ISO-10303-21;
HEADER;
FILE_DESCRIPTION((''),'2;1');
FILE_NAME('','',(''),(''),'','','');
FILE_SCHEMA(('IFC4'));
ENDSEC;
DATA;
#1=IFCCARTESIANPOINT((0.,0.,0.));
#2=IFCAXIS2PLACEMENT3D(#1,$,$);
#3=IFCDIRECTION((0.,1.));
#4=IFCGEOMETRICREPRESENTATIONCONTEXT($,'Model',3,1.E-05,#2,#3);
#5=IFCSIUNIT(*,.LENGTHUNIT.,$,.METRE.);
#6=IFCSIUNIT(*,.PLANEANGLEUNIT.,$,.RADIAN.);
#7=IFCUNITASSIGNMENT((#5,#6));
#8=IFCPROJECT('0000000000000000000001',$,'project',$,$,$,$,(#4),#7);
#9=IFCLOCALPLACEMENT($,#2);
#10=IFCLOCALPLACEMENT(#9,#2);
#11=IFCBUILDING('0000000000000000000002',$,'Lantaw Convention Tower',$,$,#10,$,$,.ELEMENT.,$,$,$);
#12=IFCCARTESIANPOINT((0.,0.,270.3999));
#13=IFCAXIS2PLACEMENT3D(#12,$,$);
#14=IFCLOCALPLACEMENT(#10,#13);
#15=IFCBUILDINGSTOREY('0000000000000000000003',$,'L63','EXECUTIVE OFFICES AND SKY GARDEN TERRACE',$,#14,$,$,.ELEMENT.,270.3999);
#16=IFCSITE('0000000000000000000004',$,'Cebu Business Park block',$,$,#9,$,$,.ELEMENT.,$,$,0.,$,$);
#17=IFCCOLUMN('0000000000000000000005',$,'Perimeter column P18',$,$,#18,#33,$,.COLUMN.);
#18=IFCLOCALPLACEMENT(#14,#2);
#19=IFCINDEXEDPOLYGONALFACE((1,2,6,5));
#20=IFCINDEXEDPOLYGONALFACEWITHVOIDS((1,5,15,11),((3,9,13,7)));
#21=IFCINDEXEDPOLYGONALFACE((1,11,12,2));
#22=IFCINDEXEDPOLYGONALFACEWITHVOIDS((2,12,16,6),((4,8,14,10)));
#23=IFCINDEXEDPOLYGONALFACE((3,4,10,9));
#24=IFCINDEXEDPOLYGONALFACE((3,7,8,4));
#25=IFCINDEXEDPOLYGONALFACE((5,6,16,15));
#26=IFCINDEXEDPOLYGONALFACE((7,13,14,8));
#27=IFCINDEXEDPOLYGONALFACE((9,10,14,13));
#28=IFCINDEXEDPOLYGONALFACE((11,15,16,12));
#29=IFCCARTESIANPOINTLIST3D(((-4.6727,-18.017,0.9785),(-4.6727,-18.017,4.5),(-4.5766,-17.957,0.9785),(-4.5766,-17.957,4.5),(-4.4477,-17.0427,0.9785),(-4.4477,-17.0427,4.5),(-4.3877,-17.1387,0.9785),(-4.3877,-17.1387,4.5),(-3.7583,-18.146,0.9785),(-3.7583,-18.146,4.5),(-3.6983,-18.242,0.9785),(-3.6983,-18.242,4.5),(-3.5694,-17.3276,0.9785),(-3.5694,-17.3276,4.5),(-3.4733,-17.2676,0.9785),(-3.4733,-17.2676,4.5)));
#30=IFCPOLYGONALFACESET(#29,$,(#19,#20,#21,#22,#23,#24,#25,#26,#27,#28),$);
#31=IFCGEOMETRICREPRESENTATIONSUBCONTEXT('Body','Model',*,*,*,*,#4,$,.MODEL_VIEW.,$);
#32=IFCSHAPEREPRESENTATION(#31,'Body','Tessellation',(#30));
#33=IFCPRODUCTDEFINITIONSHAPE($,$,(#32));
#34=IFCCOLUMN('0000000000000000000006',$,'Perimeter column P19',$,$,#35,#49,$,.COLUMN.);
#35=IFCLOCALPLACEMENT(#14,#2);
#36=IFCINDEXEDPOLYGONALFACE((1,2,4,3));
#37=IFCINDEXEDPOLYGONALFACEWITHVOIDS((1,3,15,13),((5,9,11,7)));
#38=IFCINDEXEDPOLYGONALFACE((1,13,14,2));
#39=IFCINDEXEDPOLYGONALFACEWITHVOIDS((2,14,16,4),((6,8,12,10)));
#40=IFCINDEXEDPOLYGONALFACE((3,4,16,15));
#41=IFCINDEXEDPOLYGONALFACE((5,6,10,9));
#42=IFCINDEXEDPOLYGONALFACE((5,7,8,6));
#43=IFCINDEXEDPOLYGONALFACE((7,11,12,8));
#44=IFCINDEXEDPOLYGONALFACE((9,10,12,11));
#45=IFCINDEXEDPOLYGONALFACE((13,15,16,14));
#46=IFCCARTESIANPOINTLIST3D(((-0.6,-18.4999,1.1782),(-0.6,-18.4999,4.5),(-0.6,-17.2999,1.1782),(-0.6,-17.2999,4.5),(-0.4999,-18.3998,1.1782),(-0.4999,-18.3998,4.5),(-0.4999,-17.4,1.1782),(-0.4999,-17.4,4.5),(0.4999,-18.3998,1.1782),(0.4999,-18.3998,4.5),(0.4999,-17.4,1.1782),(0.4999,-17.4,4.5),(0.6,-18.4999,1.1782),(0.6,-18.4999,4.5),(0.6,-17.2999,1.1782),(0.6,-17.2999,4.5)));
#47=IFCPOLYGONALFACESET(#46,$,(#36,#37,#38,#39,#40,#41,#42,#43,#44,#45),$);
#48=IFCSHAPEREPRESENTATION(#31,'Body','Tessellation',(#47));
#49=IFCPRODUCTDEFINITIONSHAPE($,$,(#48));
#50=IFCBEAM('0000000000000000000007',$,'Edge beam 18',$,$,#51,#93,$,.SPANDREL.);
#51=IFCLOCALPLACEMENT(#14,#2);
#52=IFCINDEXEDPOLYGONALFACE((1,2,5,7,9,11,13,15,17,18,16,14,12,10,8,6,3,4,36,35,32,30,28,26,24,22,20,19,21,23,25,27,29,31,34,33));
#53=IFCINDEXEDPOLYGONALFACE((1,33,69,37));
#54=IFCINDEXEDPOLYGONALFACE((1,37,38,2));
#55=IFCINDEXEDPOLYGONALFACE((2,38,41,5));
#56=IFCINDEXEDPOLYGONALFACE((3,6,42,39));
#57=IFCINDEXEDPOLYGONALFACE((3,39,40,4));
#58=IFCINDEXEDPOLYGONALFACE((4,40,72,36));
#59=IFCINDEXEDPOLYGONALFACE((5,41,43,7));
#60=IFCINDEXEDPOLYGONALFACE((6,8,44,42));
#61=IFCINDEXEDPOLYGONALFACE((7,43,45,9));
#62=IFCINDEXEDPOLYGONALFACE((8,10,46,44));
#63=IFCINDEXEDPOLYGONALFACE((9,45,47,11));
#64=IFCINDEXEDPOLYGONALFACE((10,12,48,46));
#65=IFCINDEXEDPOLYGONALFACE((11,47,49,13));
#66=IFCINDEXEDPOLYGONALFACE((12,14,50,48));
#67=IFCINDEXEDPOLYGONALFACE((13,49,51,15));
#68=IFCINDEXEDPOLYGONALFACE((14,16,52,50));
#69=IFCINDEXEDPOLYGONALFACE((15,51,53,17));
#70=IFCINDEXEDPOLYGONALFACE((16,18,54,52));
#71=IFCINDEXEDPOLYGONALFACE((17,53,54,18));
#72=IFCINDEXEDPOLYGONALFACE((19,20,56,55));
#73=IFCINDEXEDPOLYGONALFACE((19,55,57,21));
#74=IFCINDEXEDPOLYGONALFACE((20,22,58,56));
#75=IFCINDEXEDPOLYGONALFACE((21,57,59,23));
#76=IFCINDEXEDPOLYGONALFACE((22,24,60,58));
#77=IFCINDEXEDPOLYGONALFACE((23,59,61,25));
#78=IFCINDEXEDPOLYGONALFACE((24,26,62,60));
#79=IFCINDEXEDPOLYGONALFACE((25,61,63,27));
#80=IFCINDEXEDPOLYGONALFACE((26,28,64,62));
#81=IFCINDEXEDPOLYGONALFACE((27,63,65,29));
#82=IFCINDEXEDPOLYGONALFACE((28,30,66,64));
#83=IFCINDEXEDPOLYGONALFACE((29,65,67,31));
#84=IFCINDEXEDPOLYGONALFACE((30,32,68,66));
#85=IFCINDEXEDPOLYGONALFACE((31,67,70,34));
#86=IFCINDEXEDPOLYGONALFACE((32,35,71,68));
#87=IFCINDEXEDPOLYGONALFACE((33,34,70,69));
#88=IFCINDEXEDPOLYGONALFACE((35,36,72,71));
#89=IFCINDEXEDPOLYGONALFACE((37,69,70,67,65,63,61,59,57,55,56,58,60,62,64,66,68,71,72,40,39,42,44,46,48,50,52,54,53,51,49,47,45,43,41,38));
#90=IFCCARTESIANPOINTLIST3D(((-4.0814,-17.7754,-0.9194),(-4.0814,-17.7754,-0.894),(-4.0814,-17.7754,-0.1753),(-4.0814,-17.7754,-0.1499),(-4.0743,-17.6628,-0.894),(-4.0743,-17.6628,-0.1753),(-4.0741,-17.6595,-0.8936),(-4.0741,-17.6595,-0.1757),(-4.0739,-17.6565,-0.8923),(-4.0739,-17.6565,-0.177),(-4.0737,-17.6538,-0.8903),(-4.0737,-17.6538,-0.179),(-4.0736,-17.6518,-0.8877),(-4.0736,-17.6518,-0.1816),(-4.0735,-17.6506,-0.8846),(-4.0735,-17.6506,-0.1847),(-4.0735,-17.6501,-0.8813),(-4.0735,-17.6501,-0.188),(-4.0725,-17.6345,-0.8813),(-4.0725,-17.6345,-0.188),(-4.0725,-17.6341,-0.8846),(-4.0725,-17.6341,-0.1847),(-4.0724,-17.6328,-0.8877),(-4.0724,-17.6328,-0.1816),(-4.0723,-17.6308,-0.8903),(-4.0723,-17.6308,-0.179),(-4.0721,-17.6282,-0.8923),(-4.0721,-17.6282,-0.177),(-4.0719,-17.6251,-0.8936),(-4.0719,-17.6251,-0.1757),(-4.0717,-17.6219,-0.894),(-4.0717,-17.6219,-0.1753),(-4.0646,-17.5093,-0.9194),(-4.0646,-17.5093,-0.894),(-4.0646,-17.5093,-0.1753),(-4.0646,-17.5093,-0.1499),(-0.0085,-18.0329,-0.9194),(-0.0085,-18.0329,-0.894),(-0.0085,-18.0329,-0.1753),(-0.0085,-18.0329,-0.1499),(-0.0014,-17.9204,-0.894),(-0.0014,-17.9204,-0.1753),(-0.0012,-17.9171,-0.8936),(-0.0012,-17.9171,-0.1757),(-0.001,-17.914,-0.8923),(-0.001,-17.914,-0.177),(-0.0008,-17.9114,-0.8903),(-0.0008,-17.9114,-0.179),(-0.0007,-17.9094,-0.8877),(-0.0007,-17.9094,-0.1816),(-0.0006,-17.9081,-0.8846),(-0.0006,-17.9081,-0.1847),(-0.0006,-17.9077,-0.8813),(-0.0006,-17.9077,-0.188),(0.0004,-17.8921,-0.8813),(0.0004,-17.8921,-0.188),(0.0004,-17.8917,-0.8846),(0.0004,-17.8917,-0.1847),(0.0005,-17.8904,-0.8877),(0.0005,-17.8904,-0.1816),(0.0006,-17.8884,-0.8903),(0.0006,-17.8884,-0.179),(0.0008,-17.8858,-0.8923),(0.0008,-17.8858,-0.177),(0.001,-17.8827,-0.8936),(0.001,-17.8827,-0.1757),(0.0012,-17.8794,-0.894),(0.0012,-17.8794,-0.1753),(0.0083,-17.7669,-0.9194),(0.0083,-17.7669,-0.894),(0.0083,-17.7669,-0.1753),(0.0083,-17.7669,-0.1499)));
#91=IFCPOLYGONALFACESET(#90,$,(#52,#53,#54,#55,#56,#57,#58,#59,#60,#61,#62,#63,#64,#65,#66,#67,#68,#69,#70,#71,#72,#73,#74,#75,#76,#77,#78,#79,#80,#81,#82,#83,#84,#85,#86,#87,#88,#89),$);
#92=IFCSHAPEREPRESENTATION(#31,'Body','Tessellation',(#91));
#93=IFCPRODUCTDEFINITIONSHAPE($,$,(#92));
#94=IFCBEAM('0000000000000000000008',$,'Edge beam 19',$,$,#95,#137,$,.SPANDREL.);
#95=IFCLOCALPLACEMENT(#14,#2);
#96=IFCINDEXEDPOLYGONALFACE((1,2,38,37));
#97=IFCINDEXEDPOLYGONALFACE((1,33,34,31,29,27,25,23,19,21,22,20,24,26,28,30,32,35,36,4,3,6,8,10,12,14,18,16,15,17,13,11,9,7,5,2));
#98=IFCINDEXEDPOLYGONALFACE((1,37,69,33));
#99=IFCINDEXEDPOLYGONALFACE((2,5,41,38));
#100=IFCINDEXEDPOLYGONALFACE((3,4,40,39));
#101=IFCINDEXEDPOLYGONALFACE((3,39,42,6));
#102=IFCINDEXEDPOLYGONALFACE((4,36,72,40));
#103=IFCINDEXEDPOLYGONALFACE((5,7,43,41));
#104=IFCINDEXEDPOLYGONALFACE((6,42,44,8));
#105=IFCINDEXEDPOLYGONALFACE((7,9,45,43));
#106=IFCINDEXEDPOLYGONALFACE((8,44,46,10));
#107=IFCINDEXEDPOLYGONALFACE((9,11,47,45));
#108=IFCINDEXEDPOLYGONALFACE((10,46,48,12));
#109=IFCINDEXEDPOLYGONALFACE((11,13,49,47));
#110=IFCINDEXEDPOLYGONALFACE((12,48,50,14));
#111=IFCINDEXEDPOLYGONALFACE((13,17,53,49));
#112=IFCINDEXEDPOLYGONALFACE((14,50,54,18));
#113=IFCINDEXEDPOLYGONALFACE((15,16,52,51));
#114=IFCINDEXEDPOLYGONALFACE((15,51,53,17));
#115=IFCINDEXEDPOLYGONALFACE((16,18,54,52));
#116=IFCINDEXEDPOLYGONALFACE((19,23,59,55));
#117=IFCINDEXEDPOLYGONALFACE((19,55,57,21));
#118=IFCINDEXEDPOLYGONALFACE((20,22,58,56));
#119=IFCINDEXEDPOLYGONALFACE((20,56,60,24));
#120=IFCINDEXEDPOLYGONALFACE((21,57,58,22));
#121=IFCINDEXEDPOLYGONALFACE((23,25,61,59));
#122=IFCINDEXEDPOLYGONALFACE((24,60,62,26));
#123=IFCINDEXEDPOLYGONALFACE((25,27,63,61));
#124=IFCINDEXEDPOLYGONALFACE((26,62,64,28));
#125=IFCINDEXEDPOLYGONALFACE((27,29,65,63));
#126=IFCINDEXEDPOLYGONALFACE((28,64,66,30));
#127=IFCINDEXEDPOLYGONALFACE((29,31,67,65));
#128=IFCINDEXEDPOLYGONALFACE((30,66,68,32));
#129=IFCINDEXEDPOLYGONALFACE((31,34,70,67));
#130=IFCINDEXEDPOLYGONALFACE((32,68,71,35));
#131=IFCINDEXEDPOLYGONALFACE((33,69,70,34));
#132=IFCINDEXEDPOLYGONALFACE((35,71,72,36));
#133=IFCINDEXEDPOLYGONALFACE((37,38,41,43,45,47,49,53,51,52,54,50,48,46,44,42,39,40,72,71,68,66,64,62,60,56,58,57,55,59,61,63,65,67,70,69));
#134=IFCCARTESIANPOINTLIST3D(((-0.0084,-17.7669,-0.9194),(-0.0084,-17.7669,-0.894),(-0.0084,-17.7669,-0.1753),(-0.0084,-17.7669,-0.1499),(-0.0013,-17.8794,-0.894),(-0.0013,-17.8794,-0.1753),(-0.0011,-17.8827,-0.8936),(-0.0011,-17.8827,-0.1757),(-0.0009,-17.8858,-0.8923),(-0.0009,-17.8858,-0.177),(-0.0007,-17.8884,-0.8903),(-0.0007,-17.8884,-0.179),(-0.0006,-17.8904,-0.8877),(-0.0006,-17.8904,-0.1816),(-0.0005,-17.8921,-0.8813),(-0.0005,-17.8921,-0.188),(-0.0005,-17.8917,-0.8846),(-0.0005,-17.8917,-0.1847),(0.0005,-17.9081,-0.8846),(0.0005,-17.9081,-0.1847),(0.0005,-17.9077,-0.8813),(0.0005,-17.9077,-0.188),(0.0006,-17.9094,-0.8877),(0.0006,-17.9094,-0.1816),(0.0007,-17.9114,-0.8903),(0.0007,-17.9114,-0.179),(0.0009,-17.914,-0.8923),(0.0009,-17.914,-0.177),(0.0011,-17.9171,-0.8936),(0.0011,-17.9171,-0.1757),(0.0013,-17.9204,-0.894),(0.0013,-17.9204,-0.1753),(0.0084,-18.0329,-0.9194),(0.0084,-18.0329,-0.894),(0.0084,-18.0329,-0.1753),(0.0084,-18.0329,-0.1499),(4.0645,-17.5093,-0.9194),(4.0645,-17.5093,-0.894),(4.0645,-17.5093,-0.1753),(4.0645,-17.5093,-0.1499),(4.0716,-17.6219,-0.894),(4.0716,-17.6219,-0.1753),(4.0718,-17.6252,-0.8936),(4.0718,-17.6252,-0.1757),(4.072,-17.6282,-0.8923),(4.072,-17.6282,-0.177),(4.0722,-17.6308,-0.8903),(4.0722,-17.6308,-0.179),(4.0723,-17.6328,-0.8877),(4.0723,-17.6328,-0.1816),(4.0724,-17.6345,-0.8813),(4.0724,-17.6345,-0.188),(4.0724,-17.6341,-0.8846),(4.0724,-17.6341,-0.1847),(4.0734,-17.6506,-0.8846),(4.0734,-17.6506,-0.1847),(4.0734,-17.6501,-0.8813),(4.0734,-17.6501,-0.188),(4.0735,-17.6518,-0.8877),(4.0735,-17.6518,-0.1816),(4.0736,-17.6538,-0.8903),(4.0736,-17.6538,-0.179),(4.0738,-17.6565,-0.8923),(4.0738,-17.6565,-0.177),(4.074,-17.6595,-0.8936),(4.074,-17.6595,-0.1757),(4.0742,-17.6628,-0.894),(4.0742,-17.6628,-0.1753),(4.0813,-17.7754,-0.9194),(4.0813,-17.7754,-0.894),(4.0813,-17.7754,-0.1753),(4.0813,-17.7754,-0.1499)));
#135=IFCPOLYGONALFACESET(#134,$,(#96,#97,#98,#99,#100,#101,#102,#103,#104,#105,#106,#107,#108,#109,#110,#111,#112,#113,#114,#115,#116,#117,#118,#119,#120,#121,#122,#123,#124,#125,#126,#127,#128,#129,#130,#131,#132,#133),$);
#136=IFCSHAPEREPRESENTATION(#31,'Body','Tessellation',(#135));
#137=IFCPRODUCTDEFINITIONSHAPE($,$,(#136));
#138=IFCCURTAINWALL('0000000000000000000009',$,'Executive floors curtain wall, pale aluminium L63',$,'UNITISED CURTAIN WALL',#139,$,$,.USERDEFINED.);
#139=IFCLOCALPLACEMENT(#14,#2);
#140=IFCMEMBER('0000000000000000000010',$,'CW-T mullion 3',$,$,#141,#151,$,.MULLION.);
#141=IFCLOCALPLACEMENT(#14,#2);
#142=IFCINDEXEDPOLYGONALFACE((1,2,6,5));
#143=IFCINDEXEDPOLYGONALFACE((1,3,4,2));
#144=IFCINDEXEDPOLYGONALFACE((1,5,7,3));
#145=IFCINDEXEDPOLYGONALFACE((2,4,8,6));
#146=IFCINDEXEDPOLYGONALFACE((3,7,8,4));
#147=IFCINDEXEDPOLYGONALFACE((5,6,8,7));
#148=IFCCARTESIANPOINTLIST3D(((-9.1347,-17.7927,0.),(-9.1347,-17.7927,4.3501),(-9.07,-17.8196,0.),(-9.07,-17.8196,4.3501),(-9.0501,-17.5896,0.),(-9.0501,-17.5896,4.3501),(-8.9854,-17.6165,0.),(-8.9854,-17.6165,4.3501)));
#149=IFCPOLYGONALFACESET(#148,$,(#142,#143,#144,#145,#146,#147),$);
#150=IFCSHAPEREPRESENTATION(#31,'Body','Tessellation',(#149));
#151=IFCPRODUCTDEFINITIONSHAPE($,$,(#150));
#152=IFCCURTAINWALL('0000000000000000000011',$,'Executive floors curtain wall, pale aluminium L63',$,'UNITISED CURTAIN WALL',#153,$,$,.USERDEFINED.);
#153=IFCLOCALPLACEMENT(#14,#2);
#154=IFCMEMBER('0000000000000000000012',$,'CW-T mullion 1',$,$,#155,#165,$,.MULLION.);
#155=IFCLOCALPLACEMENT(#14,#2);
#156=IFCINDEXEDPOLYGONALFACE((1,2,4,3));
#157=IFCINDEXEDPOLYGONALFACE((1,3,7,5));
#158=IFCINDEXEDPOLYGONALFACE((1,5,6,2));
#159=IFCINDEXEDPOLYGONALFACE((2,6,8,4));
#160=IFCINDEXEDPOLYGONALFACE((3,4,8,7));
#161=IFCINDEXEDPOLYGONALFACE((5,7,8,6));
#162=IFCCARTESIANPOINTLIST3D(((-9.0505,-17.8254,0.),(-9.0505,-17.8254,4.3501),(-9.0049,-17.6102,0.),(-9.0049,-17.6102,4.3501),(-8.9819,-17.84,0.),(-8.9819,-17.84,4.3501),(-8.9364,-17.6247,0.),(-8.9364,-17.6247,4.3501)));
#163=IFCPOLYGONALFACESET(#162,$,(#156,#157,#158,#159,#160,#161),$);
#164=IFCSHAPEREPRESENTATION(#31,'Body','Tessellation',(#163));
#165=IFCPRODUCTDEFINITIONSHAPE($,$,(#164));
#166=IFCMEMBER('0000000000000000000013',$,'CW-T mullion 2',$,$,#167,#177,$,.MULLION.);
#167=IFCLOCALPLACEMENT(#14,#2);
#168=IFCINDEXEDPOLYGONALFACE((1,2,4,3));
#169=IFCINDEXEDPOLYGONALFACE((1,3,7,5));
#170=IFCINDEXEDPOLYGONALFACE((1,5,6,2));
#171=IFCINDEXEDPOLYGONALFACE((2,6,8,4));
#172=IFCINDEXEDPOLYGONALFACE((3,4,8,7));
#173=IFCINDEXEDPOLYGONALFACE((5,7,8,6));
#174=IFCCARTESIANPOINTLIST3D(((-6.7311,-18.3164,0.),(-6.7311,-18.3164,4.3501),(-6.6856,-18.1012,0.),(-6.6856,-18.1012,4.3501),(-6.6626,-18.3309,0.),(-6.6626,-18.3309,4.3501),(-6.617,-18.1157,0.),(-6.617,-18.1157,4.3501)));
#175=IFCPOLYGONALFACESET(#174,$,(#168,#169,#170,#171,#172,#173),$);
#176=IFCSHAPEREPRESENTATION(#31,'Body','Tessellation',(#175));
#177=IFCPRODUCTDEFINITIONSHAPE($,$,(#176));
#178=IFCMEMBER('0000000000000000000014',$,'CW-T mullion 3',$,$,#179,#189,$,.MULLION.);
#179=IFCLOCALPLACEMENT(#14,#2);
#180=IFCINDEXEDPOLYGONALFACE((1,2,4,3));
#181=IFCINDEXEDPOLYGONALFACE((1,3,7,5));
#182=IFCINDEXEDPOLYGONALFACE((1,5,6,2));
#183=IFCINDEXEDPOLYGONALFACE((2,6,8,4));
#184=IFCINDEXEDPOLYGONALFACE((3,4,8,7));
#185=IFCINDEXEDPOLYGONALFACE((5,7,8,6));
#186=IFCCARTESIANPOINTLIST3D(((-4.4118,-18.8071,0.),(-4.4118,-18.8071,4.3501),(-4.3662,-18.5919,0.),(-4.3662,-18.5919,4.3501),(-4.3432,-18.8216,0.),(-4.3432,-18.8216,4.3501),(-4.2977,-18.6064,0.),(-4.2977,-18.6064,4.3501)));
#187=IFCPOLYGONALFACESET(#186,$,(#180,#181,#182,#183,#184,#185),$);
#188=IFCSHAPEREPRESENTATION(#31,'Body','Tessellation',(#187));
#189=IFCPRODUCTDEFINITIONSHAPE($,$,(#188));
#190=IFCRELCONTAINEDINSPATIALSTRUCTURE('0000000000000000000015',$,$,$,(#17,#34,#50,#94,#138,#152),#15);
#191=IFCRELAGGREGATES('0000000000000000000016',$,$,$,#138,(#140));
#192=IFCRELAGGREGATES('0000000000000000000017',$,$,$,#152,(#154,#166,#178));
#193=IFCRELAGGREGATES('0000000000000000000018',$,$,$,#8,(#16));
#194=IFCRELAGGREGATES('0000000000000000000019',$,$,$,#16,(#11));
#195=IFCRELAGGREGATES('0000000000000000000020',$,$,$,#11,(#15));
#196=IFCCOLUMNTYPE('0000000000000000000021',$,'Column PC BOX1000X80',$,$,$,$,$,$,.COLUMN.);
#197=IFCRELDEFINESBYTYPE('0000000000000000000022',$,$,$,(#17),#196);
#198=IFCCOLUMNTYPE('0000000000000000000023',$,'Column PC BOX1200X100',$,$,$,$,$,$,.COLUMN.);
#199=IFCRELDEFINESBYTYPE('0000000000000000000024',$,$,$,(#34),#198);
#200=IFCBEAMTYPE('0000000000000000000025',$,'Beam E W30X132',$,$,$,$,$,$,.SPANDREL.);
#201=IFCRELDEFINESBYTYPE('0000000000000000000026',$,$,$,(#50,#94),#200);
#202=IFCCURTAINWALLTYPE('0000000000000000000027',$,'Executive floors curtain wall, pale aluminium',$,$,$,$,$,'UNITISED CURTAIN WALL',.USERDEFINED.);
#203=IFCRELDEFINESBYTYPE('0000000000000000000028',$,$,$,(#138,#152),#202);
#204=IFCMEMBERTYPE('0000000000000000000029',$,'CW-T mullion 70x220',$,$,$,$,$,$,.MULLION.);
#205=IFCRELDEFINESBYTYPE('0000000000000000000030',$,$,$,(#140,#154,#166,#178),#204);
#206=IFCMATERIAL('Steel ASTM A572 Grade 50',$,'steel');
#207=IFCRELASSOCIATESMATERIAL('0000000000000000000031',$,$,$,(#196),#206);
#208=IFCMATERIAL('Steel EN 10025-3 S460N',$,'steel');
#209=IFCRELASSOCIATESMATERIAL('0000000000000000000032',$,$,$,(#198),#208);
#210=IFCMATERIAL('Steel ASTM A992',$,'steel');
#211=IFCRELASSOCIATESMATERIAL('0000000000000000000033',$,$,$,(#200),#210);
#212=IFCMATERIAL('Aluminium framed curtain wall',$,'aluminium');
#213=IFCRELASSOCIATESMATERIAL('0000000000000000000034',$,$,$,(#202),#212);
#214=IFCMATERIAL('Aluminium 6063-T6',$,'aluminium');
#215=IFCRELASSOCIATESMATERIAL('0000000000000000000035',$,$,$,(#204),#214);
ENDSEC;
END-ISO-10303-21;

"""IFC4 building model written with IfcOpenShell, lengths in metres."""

from ifc_helpers import new_model, si_unit, direction, frame, origin, origin_2d, place, context, subcontext, project, spatial, rectangle, hollow_rectangle, i_section, extrude, material, material_profile, profile_set, type_object, element, aggregate, save


model = new_model("IFC4")

# Units and contexts
model_context = context("Model", 3, precision=1e-05, world=origin(), true_north=direction((0.0, 1.0)))
body_context = subcontext(model_context, "Body", "Model", "MODEL_VIEW")
ifc_project = project(units=[si_unit("LENGTHUNIT", "METRE"), si_unit("PLANEANGLEUNIT", "RADIAN")], contexts=[model_context])

# Site, building, storey
site_placement = place(None, origin())
site = spatial("IfcSite", under=ifc_project, at=site_placement, Name="Cebu Business Park block", CompositionType="ELEMENT", RefElevation=0.0)
building_placement = place(site_placement, origin())
building = spatial("IfcBuilding", under=site, at=building_placement, Name="Lantaw Convention Tower", CompositionType="ELEMENT")
storey_placement = place(building_placement, frame((0.0, 0.0, 270.3999)))
storey = spatial("IfcBuildingStorey", under=building, at=storey_placement, Name="L63", Description="EXECUTIVE OFFICES AND SKY GARDEN TERRACE", CompositionType="ELEMENT", Elevation=270.3999)

# Columns
ifc_material_1 = material(Name="Steel ASTM A572 Grade 50", Category="steel")
ifc_material_profile_1 = material_profile(ifc_material_1, hollow_rectangle(XDim=1.0, YDim=1.0, WallThickness=0.0801, at=origin_2d()), Name="BOX1000X80")
ifc_material_2 = material(Name="Concrete C60/75", Category="concrete")
ifc_material_profile_2 = material_profile(ifc_material_2, rectangle(XDim=0.8401, YDim=0.8401, at=origin_2d()), Name="Concrete fill of BOX1000X80")
ifc_profile_set_1 = profile_set([ifc_material_profile_1, ifc_material_profile_2], Name="Steel ASTM A572 Grade 50")
column_type_1 = type_object("IfcColumnType", Name="Column PC BOX1000X80", PredefinedType="COLUMN", material=ifc_profile_set_1)
column_1_placement = place(storey_placement, frame((-4.073, -17.6423, 0.9785), z_axis=(0.0, 0.0, 1.0), x_axis=(0.224951, 0.97437, 0.0)))
element("IfcColumn", 1, at=column_1_placement, inside=storey, type_object=column_type_1, Name="Perimeter column P18", PredefinedType="COLUMN", context=body_context, shape_type="SweptSolid", body=[
    extrude(hollow_rectangle(XDim=1.0, YDim=1.0, WallThickness=0.0801, at=origin_2d()), origin(), (0.0, 0.0, 1.0), 3.5215),
])
ifc_material_3 = material(Name="Steel EN 10025-3 S460N", Category="steel")
ifc_material_profile_3 = material_profile(ifc_material_3, hollow_rectangle(XDim=1.2, YDim=1.2, WallThickness=0.1001, at=origin_2d()), Name="BOX1200X100")
ifc_material_profile_4 = material_profile(ifc_material_2, rectangle(XDim=1.0, YDim=1.0, at=origin_2d()), Name="Concrete fill of BOX1200X100")
ifc_profile_set_2 = profile_set([ifc_material_profile_3, ifc_material_profile_4], Name="Steel EN 10025-3 S460N")
column_type_2 = type_object("IfcColumnType", Name="Column PC BOX1200X100", PredefinedType="COLUMN", material=ifc_profile_set_2)
column_2_placement = place(storey_placement, frame((0.0, -17.8999, 1.1782), z_axis=(0.0, 0.0, 1.0), x_axis=(1.0, 0.0, 0.0)))
element("IfcColumn", 2, at=column_2_placement, inside=storey, type_object=column_type_2, Name="Perimeter column P19", PredefinedType="COLUMN", context=body_context, shape_type="SweptSolid", body=[
    extrude(hollow_rectangle(XDim=1.2, YDim=1.2, WallThickness=0.1001, at=origin_2d()), origin(), (0.0, 0.0, 1.0), 3.3218),
])

# Beams
ifc_material_4 = material(Name="Steel ASTM A992", Category="steel")
ifc_material_profile_5 = material_profile(ifc_material_4, i_section(OverallWidth=0.2666, OverallDepth=0.7695, WebThickness=0.0156, FlangeThickness=0.0254, FilletRadius=0.0127, at=origin_2d()), Name="W30X132")
ifc_profile_set_3 = profile_set([ifc_material_profile_5], Name="Steel ASTM A992")
beam_type = type_object("IfcBeamType", Name="Beam E W30X132", PredefinedType="SPANDREL", material=ifc_profile_set_3)
for number, where, z_axis, x_axis, name in (
    (3, (-4.073, -17.6423, -0.5347), (0.998006, -0.063112, 0.0), (0.063112, 0.998006, 0.0), "Edge beam 18"),
    (4, (0.0, -17.8999, -0.5347), (0.998006, 0.063112, 0.0), (-0.063112, 0.998006, 0.0), "Edge beam 19"),
):
    element("IfcBeam", number, at=place(storey_placement, frame(where, z_axis=z_axis, x_axis=x_axis)), inside=storey, type_object=beam_type, Name=name, PredefinedType="SPANDREL", context=body_context, shape_type="SweptSolid", body=[
        extrude(i_section(OverallWidth=0.2666, OverallDepth=0.7695, WebThickness=0.0156, FlangeThickness=0.0254, FilletRadius=0.0127, at=origin_2d()), origin(), (0.0, 0.0, 1.0), 4.0811),
    ])

# Curtain wall, member
ifc_material_5 = material(Name="Aluminium framed curtain wall", Category="aluminium")
curtain_wall_type = type_object("IfcCurtainWallType", Name="Executive floors curtain wall, pale aluminium", ElementType="UNITISED CURTAIN WALL", PredefinedType="USERDEFINED", material=ifc_material_5)
curtain_wall_1_placement = place(storey_placement, origin())
curtain_wall_1 = element("IfcCurtainWall", 5, at=curtain_wall_1_placement, inside=storey, type_object=curtain_wall_type, Name="Executive floors curtain wall, pale aluminium L63", ObjectType="UNITISED CURTAIN WALL", PredefinedType="USERDEFINED")
ifc_material_6 = material(Name="Aluminium 6063-T6", Category="aluminium")
ifc_material_profile_6 = material_profile(ifc_material_6, rectangle(XDim=0.22, YDim=0.0701, at=origin_2d()), Name="CW-T mullion 70x220")
ifc_profile_set_4 = profile_set([ifc_material_profile_6], Name="Aluminium 6063-T6")
member_type_1 = type_object("IfcMemberType", Name="CW-T mullion 70x220", PredefinedType="MULLION", material=ifc_profile_set_4)
member_1_placement = place(storey_placement, frame((-9.0601, -17.7046, 0.0), z_axis=(0.0, 0.0, 1.0), x_axis=(0.38446, 0.923142, 0.0)))
member_1 = element("IfcMember", 6, at=member_1_placement, type_object=member_type_1, Name="CW-T mullion 3", PredefinedType="MULLION", context=body_context, shape_type="SweptSolid", body=[
    extrude(rectangle(XDim=0.22, YDim=0.0701, at=origin_2d()), origin(), (0.0, 0.0, 1.0), 4.3501),
])
aggregate(curtain_wall_1, [member_1])

# Curtain wall, members
curtain_wall_2_placement = place(storey_placement, origin())
curtain_wall_2 = element("IfcCurtainWall", 7, at=curtain_wall_2_placement, inside=storey, type_object=curtain_wall_type, Name="Executive floors curtain wall, pale aluminium L63", ObjectType="UNITISED CURTAIN WALL", PredefinedType="USERDEFINED")
member_2_placement = place(storey_placement, frame((-8.9934, -17.7251, 0.0), z_axis=(0.0, 0.0, 1.0), x_axis=(0.20704, 0.978332, 0.0)))
member_2 = element("IfcMember", 8, at=member_2_placement, type_object=member_type_1, Name="CW-T mullion 1", PredefinedType="MULLION", context=body_context, shape_type="SweptSolid", body=[
    extrude(rectangle(XDim=0.22, YDim=0.0701, at=origin_2d()), origin(), (0.0, 0.0, 1.0), 4.3501),
])
member_3_placement = place(storey_placement, frame((-6.6741, -18.2161, 0.0), z_axis=(0.0, 0.0, 1.0), x_axis=(0.20704, 0.978332, 0.0)))
member_3 = element("IfcMember", 9, at=member_3_placement, type_object=member_type_1, Name="CW-T mullion 2", PredefinedType="MULLION", context=body_context, shape_type="SweptSolid", body=[
    extrude(rectangle(XDim=0.22, YDim=0.0701, at=origin_2d()), origin(), (0.0, 0.0, 1.0), 4.3501),
])
member_4_placement = place(storey_placement, frame((-4.3547, -18.7068, 0.0), z_axis=(0.0, 0.0, 1.0), x_axis=(0.20704, 0.978332, 0.0)))
member_4 = element("IfcMember", 10, at=member_4_placement, type_object=member_type_1, Name="CW-T mullion 3", PredefinedType="MULLION", context=body_context, shape_type="SweptSolid", body=[
    extrude(rectangle(XDim=0.22, YDim=0.0701, at=origin_2d()), origin(), (0.0, 0.0, 1.0), 4.3501),
])

aggregate(curtain_wall_2, [member_2, member_3, member_4])

save(model, "model.ifc")
